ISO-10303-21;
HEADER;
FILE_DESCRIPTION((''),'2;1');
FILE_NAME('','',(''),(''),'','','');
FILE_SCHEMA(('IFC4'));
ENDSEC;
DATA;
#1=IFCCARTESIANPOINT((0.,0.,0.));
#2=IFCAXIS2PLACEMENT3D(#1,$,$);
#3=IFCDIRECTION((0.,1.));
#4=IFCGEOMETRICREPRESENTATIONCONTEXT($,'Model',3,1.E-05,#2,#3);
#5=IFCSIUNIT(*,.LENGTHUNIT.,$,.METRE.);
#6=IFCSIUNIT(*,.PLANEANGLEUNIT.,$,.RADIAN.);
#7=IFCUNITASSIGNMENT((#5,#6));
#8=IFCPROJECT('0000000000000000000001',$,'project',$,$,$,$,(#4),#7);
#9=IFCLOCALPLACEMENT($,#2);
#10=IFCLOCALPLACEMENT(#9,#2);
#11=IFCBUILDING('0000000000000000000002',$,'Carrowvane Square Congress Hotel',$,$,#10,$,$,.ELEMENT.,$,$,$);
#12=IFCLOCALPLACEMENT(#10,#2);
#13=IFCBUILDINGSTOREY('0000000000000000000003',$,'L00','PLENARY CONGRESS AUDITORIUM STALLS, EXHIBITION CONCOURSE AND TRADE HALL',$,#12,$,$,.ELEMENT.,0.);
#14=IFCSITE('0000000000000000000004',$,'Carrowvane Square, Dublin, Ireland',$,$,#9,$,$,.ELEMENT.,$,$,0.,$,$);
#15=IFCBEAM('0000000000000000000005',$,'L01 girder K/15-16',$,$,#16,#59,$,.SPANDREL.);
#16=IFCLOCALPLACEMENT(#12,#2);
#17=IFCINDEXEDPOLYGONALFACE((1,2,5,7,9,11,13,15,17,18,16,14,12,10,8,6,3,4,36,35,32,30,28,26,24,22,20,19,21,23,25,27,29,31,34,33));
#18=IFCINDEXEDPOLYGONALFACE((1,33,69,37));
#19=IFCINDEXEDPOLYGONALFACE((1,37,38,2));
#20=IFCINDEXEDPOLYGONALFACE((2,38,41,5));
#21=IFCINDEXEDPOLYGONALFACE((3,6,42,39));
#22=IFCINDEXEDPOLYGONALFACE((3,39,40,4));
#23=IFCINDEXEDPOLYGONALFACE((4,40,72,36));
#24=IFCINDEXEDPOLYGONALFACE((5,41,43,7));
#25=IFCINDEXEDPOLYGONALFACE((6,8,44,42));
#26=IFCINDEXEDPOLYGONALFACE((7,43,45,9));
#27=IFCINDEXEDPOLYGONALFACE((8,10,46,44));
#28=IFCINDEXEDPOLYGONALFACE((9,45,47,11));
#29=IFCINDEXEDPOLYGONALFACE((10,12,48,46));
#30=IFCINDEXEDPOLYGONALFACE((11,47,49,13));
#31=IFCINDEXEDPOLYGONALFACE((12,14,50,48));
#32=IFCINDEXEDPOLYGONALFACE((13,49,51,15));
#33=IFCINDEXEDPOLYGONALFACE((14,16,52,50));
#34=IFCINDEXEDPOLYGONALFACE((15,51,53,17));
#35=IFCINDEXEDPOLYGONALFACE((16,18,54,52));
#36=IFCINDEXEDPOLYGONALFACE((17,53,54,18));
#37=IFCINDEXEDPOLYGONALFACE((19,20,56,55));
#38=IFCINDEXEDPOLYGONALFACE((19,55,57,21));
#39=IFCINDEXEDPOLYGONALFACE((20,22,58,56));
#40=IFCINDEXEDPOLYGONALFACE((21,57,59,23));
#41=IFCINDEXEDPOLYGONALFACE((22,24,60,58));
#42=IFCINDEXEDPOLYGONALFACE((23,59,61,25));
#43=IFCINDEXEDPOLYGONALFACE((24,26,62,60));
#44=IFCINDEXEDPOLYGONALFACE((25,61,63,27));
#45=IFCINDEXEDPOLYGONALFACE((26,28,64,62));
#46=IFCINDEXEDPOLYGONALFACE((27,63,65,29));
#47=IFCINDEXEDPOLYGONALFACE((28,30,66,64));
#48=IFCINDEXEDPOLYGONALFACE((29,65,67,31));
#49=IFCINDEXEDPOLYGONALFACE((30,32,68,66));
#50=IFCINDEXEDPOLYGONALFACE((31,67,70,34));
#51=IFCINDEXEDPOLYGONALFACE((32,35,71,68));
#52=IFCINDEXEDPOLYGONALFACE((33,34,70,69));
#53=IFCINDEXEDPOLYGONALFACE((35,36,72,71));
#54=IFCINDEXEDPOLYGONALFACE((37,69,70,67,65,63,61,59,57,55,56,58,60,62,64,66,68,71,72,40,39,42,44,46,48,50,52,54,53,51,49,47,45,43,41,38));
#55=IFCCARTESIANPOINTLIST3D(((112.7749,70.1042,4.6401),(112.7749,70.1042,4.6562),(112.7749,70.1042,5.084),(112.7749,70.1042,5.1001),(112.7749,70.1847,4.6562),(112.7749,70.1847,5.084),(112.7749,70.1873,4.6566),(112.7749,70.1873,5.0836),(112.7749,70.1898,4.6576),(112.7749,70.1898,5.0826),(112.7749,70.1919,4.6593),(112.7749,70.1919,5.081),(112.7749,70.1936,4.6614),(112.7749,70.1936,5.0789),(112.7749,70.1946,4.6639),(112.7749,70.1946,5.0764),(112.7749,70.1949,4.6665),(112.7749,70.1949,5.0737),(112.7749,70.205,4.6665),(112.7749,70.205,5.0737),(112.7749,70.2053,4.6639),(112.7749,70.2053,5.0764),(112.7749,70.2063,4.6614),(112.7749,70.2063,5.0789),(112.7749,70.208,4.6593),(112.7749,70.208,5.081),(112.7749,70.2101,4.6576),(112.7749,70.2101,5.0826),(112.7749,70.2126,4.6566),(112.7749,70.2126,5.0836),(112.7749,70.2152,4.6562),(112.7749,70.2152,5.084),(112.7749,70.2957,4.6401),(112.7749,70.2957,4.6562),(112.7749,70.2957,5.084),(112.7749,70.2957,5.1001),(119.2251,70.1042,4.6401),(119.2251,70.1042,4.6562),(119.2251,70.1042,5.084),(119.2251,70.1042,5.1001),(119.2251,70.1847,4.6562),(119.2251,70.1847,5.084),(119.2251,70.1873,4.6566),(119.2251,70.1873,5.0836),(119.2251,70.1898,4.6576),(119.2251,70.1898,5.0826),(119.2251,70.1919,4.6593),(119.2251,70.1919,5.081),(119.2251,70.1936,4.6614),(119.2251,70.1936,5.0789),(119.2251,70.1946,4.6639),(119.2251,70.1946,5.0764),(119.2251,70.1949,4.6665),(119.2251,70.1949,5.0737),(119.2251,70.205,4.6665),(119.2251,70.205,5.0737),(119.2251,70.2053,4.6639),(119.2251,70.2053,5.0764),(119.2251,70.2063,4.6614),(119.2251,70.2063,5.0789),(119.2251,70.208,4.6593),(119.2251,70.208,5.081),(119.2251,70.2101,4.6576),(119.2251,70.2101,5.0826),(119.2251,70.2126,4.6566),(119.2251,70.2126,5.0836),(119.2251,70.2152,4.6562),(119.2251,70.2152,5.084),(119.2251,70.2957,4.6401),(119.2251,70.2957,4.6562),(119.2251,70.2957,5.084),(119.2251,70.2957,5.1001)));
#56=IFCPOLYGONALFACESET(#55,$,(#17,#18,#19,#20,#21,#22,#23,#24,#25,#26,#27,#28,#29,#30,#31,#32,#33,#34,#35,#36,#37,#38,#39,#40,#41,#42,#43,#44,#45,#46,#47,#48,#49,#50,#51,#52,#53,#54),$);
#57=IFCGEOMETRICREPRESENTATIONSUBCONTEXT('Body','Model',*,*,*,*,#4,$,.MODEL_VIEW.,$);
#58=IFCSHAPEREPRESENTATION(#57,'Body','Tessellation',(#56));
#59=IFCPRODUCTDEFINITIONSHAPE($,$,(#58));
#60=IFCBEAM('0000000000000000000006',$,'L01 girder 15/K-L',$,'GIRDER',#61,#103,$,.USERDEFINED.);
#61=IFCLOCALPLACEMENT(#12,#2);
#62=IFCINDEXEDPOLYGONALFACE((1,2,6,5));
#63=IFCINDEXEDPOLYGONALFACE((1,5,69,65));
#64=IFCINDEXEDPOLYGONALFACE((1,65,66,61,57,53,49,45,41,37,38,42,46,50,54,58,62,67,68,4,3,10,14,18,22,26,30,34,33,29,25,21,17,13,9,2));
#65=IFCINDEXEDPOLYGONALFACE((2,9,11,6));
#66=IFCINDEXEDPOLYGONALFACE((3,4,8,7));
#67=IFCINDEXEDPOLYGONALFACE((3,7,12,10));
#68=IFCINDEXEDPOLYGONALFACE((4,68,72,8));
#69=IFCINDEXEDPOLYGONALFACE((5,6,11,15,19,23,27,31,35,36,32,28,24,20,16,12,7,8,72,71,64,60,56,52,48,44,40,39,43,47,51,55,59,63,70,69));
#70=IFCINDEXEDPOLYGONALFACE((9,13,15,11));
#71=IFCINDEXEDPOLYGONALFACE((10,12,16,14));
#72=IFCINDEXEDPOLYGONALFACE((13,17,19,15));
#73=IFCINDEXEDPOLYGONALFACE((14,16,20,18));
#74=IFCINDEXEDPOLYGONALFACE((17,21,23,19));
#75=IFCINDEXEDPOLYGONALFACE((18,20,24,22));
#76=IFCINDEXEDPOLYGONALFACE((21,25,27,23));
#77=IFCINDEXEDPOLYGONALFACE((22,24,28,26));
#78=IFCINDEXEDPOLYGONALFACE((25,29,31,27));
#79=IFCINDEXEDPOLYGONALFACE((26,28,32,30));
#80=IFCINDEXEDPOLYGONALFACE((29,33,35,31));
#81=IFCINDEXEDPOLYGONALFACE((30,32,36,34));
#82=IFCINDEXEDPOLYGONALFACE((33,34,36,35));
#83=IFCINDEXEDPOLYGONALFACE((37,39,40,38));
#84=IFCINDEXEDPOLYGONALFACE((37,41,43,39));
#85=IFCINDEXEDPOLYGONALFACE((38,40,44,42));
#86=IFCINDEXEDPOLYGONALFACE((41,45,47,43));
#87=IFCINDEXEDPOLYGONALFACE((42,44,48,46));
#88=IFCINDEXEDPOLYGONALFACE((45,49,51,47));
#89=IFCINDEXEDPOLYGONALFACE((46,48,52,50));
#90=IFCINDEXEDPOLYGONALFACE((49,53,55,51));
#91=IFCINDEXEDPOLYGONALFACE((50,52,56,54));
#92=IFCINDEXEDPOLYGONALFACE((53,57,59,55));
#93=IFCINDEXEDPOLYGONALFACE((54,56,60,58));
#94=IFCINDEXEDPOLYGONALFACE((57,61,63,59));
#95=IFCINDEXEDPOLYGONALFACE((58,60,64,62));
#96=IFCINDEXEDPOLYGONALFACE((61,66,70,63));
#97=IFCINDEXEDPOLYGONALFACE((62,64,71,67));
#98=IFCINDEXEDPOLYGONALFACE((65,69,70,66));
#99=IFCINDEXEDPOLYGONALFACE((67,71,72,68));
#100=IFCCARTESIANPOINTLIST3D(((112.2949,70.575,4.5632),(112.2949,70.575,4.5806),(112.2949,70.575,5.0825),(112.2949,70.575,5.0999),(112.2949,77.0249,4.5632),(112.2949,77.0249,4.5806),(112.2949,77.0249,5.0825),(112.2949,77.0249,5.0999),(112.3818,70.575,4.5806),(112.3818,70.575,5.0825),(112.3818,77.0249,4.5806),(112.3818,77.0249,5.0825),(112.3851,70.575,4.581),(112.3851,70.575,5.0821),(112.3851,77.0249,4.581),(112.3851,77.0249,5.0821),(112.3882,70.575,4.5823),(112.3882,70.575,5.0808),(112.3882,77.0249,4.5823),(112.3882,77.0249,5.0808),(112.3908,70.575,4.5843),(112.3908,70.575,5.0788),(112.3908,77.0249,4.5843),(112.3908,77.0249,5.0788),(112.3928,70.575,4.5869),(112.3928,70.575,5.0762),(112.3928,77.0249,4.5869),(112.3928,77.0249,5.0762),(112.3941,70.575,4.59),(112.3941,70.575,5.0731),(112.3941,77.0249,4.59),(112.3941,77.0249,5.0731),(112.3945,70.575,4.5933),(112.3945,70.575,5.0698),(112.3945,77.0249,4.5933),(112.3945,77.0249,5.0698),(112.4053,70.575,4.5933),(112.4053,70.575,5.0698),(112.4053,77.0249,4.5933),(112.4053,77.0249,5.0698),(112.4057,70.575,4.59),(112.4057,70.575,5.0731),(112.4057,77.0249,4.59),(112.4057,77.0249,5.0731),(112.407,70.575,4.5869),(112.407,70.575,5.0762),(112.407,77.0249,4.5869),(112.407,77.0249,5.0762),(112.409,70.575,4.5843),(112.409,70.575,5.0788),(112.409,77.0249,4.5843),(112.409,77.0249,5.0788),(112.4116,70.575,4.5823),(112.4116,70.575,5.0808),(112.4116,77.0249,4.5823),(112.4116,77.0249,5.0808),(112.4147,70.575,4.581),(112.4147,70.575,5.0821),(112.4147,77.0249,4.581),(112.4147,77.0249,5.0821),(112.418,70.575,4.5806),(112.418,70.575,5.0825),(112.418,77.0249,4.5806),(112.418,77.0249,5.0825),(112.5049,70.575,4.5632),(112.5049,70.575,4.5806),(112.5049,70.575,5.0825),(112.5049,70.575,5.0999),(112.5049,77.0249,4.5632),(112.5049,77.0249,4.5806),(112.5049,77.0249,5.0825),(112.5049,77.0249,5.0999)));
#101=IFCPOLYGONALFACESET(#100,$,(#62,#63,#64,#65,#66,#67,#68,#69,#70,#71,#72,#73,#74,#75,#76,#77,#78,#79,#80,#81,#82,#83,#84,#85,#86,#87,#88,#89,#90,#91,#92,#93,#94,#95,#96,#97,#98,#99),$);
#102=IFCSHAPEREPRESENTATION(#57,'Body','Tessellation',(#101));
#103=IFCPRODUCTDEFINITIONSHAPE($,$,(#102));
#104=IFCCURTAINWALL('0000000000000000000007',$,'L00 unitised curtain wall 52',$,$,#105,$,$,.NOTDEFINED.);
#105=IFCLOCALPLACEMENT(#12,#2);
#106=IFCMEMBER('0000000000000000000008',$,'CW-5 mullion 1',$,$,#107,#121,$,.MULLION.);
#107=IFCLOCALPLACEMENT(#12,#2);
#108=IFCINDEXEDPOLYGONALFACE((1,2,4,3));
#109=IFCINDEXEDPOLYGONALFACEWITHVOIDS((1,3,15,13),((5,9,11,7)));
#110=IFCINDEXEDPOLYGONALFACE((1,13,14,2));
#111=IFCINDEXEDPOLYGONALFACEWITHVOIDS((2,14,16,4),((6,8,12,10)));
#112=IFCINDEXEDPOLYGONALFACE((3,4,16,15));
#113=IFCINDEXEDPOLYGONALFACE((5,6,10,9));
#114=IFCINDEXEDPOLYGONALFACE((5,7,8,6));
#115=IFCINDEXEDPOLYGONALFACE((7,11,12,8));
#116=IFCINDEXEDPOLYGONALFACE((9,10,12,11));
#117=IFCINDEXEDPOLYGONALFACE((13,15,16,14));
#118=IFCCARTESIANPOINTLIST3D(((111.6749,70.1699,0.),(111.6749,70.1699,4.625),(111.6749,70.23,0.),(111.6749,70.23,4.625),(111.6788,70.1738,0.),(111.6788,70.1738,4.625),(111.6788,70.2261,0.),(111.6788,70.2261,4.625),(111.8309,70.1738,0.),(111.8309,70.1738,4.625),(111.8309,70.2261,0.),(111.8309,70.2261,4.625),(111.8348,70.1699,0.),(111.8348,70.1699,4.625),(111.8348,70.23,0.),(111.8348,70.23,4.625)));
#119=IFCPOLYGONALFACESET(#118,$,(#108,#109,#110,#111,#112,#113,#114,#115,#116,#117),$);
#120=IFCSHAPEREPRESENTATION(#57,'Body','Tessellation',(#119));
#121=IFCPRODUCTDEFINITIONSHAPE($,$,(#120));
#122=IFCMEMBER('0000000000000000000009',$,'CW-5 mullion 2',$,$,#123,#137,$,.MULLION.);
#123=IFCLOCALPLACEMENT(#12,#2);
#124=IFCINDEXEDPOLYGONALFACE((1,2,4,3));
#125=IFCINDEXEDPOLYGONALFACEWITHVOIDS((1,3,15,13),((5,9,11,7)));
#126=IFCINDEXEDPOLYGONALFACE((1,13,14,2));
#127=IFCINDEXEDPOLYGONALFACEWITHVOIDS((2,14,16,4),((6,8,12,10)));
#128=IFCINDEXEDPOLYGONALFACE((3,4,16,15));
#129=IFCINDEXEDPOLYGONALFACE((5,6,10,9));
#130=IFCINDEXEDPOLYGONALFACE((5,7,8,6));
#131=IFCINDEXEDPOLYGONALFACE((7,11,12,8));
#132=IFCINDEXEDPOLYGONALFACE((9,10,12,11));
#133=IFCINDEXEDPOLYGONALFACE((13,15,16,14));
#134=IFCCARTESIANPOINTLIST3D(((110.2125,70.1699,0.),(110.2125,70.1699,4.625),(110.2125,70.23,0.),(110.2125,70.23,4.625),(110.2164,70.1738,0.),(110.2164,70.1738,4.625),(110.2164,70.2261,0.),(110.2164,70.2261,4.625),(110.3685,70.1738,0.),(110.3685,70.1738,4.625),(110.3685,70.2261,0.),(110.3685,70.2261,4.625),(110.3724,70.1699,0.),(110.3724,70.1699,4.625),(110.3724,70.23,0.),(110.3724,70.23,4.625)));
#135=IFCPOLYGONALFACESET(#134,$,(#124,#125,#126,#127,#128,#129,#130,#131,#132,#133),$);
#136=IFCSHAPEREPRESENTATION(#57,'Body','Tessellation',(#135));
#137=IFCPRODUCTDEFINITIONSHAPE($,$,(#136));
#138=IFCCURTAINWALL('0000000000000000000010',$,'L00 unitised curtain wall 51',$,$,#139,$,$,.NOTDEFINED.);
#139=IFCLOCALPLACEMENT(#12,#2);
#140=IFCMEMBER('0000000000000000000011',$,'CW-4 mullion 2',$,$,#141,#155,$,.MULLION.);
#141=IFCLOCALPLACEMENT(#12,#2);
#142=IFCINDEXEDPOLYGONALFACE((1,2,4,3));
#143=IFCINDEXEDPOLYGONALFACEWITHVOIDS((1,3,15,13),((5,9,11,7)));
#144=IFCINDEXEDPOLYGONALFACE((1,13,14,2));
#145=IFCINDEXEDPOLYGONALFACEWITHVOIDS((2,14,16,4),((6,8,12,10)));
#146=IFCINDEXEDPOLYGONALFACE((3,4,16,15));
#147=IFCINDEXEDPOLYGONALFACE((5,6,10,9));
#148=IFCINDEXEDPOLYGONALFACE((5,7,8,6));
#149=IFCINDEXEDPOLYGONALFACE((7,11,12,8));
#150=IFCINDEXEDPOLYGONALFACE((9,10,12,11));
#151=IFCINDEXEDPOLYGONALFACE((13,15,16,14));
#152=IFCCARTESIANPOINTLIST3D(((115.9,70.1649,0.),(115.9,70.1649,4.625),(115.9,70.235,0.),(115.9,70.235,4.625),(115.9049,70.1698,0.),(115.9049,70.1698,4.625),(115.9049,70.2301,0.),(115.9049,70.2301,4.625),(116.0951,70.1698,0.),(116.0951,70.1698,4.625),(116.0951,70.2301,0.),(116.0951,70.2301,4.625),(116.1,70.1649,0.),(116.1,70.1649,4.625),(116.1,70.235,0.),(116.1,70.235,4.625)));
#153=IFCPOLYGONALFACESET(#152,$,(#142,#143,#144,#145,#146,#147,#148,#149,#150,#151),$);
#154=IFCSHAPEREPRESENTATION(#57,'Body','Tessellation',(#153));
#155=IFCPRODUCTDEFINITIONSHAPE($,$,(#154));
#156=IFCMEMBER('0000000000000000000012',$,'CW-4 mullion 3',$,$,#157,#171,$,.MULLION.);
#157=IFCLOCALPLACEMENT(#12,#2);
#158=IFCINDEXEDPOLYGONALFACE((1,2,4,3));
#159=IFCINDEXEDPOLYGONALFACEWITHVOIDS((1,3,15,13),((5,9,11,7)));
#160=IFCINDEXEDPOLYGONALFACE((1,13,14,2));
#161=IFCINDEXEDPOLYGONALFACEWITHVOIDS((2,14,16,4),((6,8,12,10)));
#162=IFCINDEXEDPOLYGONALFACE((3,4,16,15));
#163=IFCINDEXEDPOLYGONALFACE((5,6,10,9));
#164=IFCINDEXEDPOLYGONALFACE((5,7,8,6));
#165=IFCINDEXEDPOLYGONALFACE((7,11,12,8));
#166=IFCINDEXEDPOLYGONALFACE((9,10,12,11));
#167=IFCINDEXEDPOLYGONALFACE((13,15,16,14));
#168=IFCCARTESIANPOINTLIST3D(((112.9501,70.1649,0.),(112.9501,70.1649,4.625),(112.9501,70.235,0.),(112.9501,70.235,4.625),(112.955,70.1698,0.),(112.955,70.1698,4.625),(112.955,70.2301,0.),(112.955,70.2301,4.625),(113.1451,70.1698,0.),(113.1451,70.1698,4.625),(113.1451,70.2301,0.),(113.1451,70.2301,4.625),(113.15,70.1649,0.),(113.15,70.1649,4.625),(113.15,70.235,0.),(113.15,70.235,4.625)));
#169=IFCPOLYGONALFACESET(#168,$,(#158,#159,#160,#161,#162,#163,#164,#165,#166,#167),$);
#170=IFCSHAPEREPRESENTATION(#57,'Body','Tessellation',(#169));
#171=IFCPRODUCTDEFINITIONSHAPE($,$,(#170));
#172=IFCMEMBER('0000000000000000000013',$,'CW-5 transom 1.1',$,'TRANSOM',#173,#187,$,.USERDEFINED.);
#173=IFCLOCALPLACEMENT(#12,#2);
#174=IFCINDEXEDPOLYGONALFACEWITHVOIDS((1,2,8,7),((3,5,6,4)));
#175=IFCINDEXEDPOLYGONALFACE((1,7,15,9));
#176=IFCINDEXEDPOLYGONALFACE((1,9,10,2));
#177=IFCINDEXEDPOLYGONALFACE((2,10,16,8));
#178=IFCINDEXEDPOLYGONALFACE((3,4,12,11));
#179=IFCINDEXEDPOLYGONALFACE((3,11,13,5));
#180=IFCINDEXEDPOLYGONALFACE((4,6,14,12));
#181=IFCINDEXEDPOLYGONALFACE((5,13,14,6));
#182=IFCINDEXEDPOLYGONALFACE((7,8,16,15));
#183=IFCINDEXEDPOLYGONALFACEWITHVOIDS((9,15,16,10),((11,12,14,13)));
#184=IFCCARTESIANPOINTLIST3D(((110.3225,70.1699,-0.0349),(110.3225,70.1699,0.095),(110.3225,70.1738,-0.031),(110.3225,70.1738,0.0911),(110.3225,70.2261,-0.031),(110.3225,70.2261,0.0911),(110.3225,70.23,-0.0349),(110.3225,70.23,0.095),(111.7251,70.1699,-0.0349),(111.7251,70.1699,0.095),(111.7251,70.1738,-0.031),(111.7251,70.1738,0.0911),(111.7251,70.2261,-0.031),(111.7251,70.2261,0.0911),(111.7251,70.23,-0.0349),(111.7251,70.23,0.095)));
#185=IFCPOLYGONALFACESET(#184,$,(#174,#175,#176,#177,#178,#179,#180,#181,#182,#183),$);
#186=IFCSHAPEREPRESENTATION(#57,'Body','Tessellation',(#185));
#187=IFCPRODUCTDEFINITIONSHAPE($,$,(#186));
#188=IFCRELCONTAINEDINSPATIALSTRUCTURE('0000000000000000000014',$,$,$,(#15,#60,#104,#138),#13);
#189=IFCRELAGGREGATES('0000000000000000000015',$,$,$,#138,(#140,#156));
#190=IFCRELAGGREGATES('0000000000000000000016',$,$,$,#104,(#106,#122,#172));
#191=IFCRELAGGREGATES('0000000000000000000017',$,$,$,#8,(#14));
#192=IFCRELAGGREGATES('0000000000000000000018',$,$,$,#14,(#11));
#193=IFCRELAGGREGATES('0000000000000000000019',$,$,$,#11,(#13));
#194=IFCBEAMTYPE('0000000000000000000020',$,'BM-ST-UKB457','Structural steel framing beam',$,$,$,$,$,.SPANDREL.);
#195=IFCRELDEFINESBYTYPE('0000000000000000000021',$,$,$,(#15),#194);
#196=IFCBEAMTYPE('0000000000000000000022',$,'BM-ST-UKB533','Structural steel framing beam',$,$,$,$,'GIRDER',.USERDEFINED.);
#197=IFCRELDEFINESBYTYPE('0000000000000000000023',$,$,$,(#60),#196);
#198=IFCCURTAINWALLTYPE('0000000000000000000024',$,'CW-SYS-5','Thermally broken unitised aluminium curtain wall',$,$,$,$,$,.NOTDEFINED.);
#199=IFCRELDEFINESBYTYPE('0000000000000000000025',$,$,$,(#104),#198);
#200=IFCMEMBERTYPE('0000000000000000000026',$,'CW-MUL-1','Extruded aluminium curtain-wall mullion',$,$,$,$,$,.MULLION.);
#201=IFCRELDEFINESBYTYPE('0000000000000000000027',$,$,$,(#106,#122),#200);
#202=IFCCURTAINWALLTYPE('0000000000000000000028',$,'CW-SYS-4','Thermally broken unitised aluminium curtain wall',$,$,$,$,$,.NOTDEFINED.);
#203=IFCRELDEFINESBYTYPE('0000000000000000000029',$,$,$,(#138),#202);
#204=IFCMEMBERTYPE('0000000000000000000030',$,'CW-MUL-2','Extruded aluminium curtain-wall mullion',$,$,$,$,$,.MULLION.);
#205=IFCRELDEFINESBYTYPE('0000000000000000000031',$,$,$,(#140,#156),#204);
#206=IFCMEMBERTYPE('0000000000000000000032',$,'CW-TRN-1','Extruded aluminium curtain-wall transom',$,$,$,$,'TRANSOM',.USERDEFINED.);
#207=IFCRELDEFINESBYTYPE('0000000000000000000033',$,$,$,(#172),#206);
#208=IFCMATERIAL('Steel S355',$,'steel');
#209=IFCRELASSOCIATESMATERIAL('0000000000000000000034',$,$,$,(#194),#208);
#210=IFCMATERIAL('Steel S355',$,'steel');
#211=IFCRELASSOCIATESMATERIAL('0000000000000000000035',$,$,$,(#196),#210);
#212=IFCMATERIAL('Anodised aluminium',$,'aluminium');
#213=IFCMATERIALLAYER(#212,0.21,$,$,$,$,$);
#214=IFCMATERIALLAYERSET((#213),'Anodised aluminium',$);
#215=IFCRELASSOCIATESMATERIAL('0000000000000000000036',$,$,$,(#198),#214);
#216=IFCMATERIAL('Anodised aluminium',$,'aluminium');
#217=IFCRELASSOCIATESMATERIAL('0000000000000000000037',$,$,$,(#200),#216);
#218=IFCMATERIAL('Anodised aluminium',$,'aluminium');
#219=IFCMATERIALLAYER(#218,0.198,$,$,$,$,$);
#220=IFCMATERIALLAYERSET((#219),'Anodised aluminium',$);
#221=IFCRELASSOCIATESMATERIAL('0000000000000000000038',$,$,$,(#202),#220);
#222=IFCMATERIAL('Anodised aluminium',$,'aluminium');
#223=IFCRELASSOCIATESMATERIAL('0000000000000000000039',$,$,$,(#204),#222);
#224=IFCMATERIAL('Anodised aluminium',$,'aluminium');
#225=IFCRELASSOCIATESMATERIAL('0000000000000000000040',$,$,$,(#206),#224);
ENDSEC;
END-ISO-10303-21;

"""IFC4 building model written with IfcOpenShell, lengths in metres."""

from ifc_helpers import new_model, si_unit, direction, frame, origin, origin_2d, place, context, subcontext, project, spatial, hollow_rectangle, i_section, extrude, material, layer, layer_set, material_profile, profile_set, type_object, element, aggregate, save


model = new_model("IFC4")

# Units and contexts
model_context = context("Model", 3, precision=1e-05, world=origin(), true_north=direction((0.0, 1.0)))
body_context = subcontext(model_context, "Body", "Model", "MODEL_VIEW")
ifc_project = project(units=[si_unit("LENGTHUNIT", "METRE"), si_unit("PLANEANGLEUNIT", "RADIAN")], contexts=[model_context])

# Site, building, storey
site_placement = place(None, origin())
site = spatial("IfcSite", under=ifc_project, at=site_placement, Name="Carrowvane Square, Dublin, Ireland", CompositionType="ELEMENT", RefElevation=0.0)
building_placement = place(site_placement, origin())
building = spatial("IfcBuilding", under=site, at=building_placement, Name="Carrowvane Square Congress Hotel", CompositionType="ELEMENT")
storey_placement = place(building_placement, origin())
storey = spatial("IfcBuildingStorey", under=building, at=storey_placement, Name="L00", Description="PLENARY CONGRESS AUDITORIUM STALLS, EXHIBITION CONCOURSE AND TRADE HALL", CompositionType="ELEMENT", Elevation=0.0)

# Beams
ifc_material_1 = material(Name="Steel S355", Category="steel")
ifc_material_profile_1 = material_profile(ifc_material_1, i_section(OverallWidth=0.1914, OverallDepth=0.46, WebThickness=0.01, FlangeThickness=0.0161, FilletRadius=0.0103, at=origin_2d()), Name="UKB 457x191x82")
ifc_profile_set_1 = profile_set([ifc_material_profile_1], Name="Steel S355")
beam_type_1 = type_object("IfcBeamType", Name="BM-ST-UKB457", Description="Structural steel framing beam", PredefinedType="SPANDREL", material=ifc_profile_set_1)
beam_1_placement = place(storey_placement, frame((112.7749, 70.2, 4.8701), z_axis=(1.0, 0.0, 0.0), x_axis=(0.0, 1.0, 0.0)))
element("IfcBeam", 1, at=beam_1_placement, inside=storey, type_object=beam_type_1, Name="L01 girder K/15-16", PredefinedType="SPANDREL", context=body_context, shape_type="SweptSolid", body=[
    extrude(i_section(OverallWidth=0.1914, OverallDepth=0.46, WebThickness=0.01, FlangeThickness=0.0161, FilletRadius=0.0103, at=origin_2d()), origin(), (0.0, 0.0, 1.0), 6.4502),
])
ifc_material_2 = material(Name="Steel S355", Category="steel")
ifc_material_profile_2 = material_profile(ifc_material_2, i_section(OverallWidth=0.21, OverallDepth=0.5366, WebThickness=0.0107, FlangeThickness=0.0173, FilletRadius=0.0127, at=origin_2d()), Name="UKB 533x210x101")
ifc_profile_set_2 = profile_set([ifc_material_profile_2], Name="Steel S355")
beam_type_2 = type_object("IfcBeamType", Name="BM-ST-UKB533", Description="Structural steel framing beam", ElementType="GIRDER", PredefinedType="USERDEFINED", material=ifc_profile_set_2)
beam_2_placement = place(storey_placement, frame((112.3999, 70.575, 4.8315), z_axis=(0.0, 1.0, 0.0), x_axis=(-1.0, 0.0, 0.0)))
element("IfcBeam", 2, at=beam_2_placement, inside=storey, type_object=beam_type_2, Name="L01 girder 15/K-L", ObjectType="GIRDER", PredefinedType="USERDEFINED", context=body_context, shape_type="SweptSolid", body=[
    extrude(i_section(OverallWidth=0.21, OverallDepth=0.5366, WebThickness=0.0107, FlangeThickness=0.0173, FilletRadius=0.0127, at=origin_2d()), origin(), (0.0, 0.0, 1.0), 6.45),
])

# Curtain walls, members
ifc_material_3 = material(Name="Anodised aluminium", Category="aluminium")
ifc_layer_1 = layer(ifc_material_3, 0.21)
ifc_layer_set_1 = layer_set([ifc_layer_1], Name="Anodised aluminium")
curtain_wall_type_1 = type_object("IfcCurtainWallType", Name="CW-SYS-5", Description="Thermally broken unitised aluminium curtain wall", PredefinedType="NOTDEFINED", material=ifc_layer_set_1)
curtain_wall_1_placement = place(storey_placement, origin())
curtain_wall_1 = element("IfcCurtainWall", 3, at=curtain_wall_1_placement, inside=storey, type_object=curtain_wall_type_1, Name="L00 unitised curtain wall 52", PredefinedType="NOTDEFINED")
ifc_material_4 = material(Name="Anodised aluminium", Category="aluminium")
ifc_material_profile_3 = material_profile(ifc_material_4, hollow_rectangle(XDim=0.0601, YDim=0.1599, WallThickness=0.0039, at=origin_2d()), Name="CW-ML 60x160x4")
ifc_profile_set_3 = profile_set([ifc_material_profile_3], Name="Anodised aluminium")
member_type_1 = type_object("IfcMemberType", Name="CW-MUL-1", Description="Extruded aluminium curtain-wall mullion", PredefinedType="MULLION", material=ifc_profile_set_3)
member_1_placement = place(storey_placement, frame((111.7549, 70.2, 0.0), z_axis=(0.0, 0.0, 1.0), x_axis=(0.0, -1.0, 0.0)))
member_1 = element("IfcMember", 4, at=member_1_placement, type_object=member_type_1, Name="CW-5 mullion 1", PredefinedType="MULLION", context=body_context, shape_type="SweptSolid", body=[
    extrude(hollow_rectangle(XDim=0.0601, YDim=0.1599, WallThickness=0.0039, at=origin_2d()), origin(), (0.0, 0.0, 1.0), 4.625),
])
member_2_placement = place(storey_placement, frame((110.2925, 70.2, 0.0), z_axis=(0.0, 0.0, 1.0), x_axis=(0.0, -1.0, 0.0)))
member_2 = element("IfcMember", 5, at=member_2_placement, type_object=member_type_1, Name="CW-5 mullion 2", PredefinedType="MULLION", context=body_context, shape_type="SweptSolid", body=[
    extrude(hollow_rectangle(XDim=0.0601, YDim=0.1599, WallThickness=0.0039, at=origin_2d()), origin(), (0.0, 0.0, 1.0), 4.625),
])
ifc_material_5 = material(Name="Anodised aluminium", Category="aluminium")
ifc_layer_2 = layer(ifc_material_5, 0.198)
ifc_layer_set_2 = layer_set([ifc_layer_2], Name="Anodised aluminium")
curtain_wall_type_2 = type_object("IfcCurtainWallType", Name="CW-SYS-4", Description="Thermally broken unitised aluminium curtain wall", PredefinedType="NOTDEFINED", material=ifc_layer_set_2)
curtain_wall_2_placement = place(storey_placement, origin())
curtain_wall_2 = element("IfcCurtainWall", 6, at=curtain_wall_2_placement, inside=storey, type_object=curtain_wall_type_2, Name="L00 unitised curtain wall 51", PredefinedType="NOTDEFINED")
ifc_material_6 = material(Name="Anodised aluminium", Category="aluminium")
ifc_material_profile_4 = material_profile(ifc_material_6, hollow_rectangle(XDim=0.0701, YDim=0.2, WallThickness=0.0049, at=origin_2d()), Name="CW-ML 70x200x5")
ifc_profile_set_4 = profile_set([ifc_material_profile_4], Name="Anodised aluminium")
member_type_2 = type_object("IfcMemberType", Name="CW-MUL-2", Description="Extruded aluminium curtain-wall mullion", PredefinedType="MULLION", material=ifc_profile_set_4)
member_3_placement = place(storey_placement, frame((116.0, 70.2, 0.0), z_axis=(0.0, 0.0, 1.0), x_axis=(0.0, -1.0, 0.0)))
member_3 = element("IfcMember", 7, at=member_3_placement, type_object=member_type_2, Name="CW-4 mullion 2", PredefinedType="MULLION", context=body_context, shape_type="SweptSolid", body=[
    extrude(hollow_rectangle(XDim=0.0701, YDim=0.2, WallThickness=0.0049, at=origin_2d()), origin(), (0.0, 0.0, 1.0), 4.625),
])
member_4_placement = place(storey_placement, frame((113.05, 70.2, 0.0), z_axis=(0.0, 0.0, 1.0), x_axis=(0.0, -1.0, 0.0)))
member_4 = element("IfcMember", 8, at=member_4_placement, type_object=member_type_2, Name="CW-4 mullion 3", PredefinedType="MULLION", context=body_context, shape_type="SweptSolid", body=[
    extrude(hollow_rectangle(XDim=0.0701, YDim=0.2, WallThickness=0.0049, at=origin_2d()), origin(), (0.0, 0.0, 1.0), 4.625),
])

# Member
ifc_material_7 = material(Name="Anodised aluminium", Category="aluminium")
ifc_material_profile_5 = material_profile(ifc_material_7, hollow_rectangle(XDim=0.0601, YDim=0.1299, WallThickness=0.0039, at=origin_2d()), Name="CW-TR 60x130x4")
ifc_profile_set_5 = profile_set([ifc_material_profile_5], Name="Anodised aluminium")
member_type_3 = type_object("IfcMemberType", Name="CW-TRN-1", Description="Extruded aluminium curtain-wall transom", ElementType="TRANSOM", PredefinedType="USERDEFINED", material=ifc_profile_set_5)
member_5_placement = place(storey_placement, frame((111.7251, 70.2, 0.03), z_axis=(-1.0, 0.0, 0.0), x_axis=(0.0, -1.0, 0.0)))
member_5 = element("IfcMember", 9, at=member_5_placement, type_object=member_type_3, Name="CW-5 transom 1.1", ObjectType="TRANSOM", PredefinedType="USERDEFINED", context=body_context, shape_type="SweptSolid", body=[
    extrude(hollow_rectangle(XDim=0.0601, YDim=0.1299, WallThickness=0.0039, at=origin_2d()), origin(), (0.0, 0.0, 1.0), 1.4026),
])

aggregate(curtain_wall_2, [member_3, member_4])
aggregate(curtain_wall_1, [member_1, member_2, member_5])

save(model, "model.ifc")
